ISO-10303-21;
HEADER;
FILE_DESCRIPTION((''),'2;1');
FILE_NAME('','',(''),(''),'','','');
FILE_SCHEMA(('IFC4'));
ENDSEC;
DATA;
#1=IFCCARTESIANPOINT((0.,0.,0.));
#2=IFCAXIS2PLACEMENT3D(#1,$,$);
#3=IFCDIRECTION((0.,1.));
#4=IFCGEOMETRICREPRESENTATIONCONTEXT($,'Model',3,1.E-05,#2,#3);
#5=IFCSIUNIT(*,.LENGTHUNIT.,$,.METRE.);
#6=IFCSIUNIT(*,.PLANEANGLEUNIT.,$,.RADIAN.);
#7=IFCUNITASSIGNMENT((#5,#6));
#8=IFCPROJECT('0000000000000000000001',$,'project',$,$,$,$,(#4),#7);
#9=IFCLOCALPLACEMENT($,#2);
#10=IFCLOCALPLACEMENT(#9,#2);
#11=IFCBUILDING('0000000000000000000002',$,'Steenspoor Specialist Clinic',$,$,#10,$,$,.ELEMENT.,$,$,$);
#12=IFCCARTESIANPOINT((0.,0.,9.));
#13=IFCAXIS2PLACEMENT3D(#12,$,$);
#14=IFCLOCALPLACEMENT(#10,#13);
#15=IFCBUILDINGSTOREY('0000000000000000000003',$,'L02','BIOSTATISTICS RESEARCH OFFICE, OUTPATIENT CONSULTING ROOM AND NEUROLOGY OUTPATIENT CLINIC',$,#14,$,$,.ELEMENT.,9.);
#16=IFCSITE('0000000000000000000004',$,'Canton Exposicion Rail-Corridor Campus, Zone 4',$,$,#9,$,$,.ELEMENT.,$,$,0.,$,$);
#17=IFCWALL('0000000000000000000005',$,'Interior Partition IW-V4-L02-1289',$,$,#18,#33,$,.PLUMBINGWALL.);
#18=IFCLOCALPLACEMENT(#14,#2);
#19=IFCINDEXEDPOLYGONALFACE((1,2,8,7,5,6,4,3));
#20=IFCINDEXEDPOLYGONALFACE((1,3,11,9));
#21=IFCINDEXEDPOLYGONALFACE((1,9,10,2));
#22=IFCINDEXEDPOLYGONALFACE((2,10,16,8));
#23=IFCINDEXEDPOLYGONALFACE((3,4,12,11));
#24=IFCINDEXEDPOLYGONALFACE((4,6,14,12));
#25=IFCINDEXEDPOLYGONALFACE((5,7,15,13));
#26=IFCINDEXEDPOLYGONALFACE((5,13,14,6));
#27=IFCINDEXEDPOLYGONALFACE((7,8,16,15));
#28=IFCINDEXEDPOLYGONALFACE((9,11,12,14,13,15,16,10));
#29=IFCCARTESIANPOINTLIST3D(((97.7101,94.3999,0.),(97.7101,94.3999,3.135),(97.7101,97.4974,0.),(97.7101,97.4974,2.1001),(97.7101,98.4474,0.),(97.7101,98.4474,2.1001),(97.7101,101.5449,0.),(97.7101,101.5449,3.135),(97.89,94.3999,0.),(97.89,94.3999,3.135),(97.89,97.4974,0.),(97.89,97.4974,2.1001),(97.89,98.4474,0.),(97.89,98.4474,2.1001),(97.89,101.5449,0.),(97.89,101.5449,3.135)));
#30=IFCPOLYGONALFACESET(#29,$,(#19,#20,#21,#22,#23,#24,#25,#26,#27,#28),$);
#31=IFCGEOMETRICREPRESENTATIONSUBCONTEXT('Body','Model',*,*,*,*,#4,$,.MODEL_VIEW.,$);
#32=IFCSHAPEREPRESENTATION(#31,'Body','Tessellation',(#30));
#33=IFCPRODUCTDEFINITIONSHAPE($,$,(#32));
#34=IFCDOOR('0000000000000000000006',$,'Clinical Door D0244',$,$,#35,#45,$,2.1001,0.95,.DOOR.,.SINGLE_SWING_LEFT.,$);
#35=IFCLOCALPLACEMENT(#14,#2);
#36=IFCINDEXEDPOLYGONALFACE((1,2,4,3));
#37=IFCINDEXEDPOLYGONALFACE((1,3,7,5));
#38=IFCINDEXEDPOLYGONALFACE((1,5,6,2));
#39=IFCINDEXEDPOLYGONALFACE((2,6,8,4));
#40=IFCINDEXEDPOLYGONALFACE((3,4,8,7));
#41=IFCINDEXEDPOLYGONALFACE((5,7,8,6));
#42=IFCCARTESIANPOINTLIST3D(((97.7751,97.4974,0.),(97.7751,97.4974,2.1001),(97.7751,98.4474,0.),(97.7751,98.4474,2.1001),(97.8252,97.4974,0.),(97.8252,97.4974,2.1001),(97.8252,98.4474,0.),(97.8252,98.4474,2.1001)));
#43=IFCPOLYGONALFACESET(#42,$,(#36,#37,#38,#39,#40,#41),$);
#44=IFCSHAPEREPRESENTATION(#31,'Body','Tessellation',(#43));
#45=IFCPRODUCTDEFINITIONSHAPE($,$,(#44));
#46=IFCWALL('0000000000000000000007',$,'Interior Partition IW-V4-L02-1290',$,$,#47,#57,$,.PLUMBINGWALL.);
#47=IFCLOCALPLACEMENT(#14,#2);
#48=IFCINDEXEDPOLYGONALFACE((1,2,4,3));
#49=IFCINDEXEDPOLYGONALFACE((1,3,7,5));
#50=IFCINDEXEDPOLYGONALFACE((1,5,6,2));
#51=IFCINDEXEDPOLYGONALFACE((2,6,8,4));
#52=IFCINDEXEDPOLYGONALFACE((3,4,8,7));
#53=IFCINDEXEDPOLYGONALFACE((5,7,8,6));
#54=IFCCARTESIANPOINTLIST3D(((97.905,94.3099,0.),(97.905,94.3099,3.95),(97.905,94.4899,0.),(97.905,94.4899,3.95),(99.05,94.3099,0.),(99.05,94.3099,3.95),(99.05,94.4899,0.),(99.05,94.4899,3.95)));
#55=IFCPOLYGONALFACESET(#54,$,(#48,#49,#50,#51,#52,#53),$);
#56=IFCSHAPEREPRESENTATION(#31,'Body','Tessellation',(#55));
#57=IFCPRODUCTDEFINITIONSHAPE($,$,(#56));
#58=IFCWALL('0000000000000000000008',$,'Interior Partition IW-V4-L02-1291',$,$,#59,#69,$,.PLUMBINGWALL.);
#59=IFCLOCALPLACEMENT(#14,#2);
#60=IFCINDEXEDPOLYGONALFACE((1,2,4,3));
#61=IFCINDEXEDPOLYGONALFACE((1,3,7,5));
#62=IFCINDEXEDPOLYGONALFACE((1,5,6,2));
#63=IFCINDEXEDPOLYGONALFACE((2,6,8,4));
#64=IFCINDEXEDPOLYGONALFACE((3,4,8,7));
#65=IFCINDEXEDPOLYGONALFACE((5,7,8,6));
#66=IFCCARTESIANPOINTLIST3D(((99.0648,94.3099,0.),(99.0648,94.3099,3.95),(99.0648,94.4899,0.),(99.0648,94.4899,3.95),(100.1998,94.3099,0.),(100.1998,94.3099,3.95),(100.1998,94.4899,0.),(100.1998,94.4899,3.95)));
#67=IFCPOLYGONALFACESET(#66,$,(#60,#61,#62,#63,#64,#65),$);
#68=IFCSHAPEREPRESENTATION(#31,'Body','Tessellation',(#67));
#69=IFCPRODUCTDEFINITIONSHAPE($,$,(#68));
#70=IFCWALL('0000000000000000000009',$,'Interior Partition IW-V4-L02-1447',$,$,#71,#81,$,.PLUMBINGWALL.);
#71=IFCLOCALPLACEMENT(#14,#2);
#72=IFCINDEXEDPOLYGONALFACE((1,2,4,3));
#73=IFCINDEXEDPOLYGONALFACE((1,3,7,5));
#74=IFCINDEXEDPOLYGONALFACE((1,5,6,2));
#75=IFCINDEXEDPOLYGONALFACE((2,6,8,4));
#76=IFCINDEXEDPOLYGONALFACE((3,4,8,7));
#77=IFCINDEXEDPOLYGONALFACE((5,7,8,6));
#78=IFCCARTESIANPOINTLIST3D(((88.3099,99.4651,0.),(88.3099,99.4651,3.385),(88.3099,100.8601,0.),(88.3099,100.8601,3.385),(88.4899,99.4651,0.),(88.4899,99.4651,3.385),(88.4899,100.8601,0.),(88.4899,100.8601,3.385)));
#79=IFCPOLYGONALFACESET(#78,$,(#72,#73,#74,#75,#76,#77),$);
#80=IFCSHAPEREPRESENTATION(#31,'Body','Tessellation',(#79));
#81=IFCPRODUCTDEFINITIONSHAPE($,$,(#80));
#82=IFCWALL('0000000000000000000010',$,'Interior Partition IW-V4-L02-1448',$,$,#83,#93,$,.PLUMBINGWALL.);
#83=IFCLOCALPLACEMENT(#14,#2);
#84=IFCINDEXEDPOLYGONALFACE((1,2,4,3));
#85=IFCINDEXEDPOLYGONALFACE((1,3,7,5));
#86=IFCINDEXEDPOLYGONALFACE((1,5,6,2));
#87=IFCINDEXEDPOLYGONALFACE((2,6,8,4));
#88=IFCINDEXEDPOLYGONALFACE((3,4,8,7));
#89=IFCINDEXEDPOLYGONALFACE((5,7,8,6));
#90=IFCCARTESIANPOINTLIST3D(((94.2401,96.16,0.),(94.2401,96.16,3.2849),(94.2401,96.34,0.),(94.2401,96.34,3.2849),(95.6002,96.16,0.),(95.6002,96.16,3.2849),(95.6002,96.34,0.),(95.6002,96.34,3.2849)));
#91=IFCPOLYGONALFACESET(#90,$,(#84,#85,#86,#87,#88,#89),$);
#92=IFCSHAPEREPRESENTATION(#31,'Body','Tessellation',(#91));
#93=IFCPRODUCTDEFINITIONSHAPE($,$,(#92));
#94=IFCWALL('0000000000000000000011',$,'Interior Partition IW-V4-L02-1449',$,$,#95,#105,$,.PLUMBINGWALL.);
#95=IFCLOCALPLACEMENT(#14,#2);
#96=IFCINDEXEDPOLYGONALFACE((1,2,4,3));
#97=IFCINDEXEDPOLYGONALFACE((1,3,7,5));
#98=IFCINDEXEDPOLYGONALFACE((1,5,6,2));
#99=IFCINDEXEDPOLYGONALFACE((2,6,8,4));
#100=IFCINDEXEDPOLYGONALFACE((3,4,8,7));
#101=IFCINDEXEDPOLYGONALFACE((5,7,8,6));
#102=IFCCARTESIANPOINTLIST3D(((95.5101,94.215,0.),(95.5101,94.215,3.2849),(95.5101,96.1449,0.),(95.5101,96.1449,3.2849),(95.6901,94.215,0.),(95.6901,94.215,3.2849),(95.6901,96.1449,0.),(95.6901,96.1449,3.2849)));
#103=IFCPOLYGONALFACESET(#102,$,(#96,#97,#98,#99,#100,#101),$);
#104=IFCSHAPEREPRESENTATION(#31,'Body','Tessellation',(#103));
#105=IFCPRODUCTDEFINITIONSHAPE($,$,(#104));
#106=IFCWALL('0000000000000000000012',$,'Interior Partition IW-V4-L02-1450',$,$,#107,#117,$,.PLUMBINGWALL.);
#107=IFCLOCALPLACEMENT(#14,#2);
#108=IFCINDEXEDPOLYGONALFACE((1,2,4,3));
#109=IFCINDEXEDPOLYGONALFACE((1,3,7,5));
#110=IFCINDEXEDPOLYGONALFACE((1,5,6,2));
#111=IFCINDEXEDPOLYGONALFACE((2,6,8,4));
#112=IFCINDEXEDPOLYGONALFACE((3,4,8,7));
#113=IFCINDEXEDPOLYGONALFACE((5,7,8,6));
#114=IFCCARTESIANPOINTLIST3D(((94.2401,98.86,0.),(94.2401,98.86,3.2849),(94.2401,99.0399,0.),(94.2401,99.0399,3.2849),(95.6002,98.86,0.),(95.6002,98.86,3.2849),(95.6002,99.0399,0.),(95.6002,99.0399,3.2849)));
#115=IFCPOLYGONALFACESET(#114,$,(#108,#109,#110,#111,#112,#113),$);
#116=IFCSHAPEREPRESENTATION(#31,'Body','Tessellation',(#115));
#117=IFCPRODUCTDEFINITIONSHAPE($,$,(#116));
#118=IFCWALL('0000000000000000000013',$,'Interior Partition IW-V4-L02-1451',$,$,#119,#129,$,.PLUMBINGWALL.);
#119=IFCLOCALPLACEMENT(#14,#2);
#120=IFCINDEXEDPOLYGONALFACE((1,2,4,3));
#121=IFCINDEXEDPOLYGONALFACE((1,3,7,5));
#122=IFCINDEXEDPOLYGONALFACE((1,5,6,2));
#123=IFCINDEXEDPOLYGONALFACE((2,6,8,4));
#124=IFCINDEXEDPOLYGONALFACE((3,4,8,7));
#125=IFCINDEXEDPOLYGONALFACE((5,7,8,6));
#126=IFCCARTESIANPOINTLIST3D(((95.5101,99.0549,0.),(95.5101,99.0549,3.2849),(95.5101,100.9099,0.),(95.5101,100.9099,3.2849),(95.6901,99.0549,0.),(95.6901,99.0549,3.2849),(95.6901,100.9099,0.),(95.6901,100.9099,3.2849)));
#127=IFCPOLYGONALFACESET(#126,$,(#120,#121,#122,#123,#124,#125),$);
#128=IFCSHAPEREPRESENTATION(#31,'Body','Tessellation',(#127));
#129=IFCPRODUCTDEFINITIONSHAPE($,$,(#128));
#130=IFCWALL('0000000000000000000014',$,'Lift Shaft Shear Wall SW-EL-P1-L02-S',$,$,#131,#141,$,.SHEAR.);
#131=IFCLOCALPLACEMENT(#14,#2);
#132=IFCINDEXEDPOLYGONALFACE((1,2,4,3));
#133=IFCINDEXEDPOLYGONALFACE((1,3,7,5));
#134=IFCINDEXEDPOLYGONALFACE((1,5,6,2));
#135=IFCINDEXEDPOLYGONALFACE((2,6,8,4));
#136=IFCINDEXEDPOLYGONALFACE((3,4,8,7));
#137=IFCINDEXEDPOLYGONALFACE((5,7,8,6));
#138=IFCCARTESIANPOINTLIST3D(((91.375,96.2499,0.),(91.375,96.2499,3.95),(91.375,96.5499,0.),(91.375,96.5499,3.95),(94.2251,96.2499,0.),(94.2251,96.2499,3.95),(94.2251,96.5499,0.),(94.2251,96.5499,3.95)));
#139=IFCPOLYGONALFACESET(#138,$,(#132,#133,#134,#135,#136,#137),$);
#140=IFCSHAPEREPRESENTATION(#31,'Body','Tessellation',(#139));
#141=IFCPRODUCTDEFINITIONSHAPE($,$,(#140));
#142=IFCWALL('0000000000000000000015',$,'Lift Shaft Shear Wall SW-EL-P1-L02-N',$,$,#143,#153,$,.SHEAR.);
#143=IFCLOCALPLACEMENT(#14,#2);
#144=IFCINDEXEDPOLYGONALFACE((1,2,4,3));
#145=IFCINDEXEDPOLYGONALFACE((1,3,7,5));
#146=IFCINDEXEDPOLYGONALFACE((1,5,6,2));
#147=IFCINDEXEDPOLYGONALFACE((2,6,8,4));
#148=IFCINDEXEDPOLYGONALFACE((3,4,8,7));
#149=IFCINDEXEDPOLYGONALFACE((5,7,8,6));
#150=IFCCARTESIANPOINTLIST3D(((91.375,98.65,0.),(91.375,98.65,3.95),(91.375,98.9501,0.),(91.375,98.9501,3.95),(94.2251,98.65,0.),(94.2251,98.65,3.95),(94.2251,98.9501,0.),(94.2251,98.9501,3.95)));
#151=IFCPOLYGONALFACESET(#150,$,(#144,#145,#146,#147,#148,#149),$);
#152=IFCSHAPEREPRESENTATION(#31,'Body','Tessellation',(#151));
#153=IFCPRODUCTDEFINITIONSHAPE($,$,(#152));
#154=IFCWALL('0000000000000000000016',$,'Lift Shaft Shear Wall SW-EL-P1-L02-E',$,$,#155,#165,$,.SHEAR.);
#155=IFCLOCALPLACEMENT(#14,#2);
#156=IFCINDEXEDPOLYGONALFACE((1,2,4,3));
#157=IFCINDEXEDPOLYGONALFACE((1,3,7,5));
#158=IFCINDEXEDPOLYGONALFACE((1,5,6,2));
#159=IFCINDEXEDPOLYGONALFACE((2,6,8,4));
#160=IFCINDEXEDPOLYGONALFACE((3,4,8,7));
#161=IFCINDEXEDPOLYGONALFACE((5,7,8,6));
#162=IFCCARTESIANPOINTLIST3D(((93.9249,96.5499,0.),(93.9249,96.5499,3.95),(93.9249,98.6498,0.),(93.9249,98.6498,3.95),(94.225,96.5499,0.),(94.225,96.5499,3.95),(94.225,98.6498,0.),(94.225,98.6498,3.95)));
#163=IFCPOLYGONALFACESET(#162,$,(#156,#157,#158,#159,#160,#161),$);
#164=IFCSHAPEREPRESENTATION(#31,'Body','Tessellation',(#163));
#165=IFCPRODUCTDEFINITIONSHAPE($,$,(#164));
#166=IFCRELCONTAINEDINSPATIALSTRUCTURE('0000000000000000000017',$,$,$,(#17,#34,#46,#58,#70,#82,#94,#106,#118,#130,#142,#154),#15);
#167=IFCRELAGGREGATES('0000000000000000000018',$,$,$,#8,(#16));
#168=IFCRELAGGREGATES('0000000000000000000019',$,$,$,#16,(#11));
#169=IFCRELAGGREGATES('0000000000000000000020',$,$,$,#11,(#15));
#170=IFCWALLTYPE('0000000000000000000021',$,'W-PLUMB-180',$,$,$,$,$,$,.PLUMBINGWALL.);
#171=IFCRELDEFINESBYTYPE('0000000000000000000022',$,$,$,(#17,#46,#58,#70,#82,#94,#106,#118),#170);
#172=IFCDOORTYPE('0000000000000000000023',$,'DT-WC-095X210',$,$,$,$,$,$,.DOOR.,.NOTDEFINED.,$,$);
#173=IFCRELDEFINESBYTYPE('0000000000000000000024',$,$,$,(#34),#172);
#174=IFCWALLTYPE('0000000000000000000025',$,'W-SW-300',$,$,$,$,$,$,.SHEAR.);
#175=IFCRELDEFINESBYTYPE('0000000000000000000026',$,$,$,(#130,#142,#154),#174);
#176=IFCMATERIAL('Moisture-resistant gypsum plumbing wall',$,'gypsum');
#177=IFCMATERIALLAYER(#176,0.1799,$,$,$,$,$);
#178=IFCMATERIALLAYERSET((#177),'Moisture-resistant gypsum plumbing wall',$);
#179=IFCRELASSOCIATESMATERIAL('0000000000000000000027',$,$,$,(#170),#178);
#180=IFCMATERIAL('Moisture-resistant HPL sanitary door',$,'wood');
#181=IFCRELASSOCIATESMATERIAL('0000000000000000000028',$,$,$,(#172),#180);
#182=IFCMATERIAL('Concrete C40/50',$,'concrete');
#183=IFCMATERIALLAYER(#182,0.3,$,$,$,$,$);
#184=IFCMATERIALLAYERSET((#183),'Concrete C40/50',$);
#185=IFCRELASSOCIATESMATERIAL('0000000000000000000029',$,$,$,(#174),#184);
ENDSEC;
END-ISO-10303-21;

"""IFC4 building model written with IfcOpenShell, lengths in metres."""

from ifc_helpers import new_model, si_unit, direction, frame, frame_2d, origin, place, context, subcontext, project, spatial, rectangle, extrude, material, layer, layer_set, type_object, element, fill, save


model = new_model("IFC4")

# Units and contexts
model_context = context("Model", 3, precision=1e-05, world=origin(), true_north=direction((0.0, 1.0)))
body_context = subcontext(model_context, "Body", "Model", "MODEL_VIEW")
ifc_project = project(units=[si_unit("LENGTHUNIT", "METRE"), si_unit("PLANEANGLEUNIT", "RADIAN")], contexts=[model_context])

# Site, building, storey
site_placement = place(None, origin())
site = spatial("IfcSite", under=ifc_project, at=site_placement, Name="Canton Exposicion Rail-Corridor Campus, Zone 4", CompositionType="ELEMENT", RefElevation=0.0)
building_placement = place(site_placement, origin())
building = spatial("IfcBuilding", under=site, at=building_placement, Name="Steenspoor Specialist Clinic", CompositionType="ELEMENT")
storey_placement = place(building_placement, frame((0.0, 0.0, 9.0)))
storey = spatial("IfcBuildingStorey", under=building, at=storey_placement, Name="L02", Description="BIOSTATISTICS RESEARCH OFFICE, OUTPATIENT CONSULTING ROOM AND NEUROLOGY OUTPATIENT CLINIC", CompositionType="ELEMENT", Elevation=9.0)

# Shared definitions
ifc_material_1 = material(Name="Concrete C40/50", Category="concrete")

# Wall, opening, door
ifc_material_2 = material(Name="Moisture-resistant gypsum plumbing wall", Category="gypsum")
ifc_layer_1 = layer(ifc_material_2, 0.1799)
ifc_layer_set_1 = layer_set([ifc_layer_1], Name="Moisture-resistant gypsum plumbing wall")
wall_type_1 = type_object("IfcWallType", Name="W-PLUMB-180", PredefinedType="PLUMBINGWALL", material=ifc_layer_set_1)
wall_1_placement = place(storey_placement, frame((97.8, 94.3999, 0.0), z_axis=(0.0, 0.0, 1.0), x_axis=(0.0, 1.0, 0.0)))
wall_1 = element("IfcWall", 1, at=wall_1_placement, inside=storey, type_object=wall_type_1, Name="Interior Partition IW-V4-L02-1289", PredefinedType="PLUMBINGWALL", context=body_context, shape_type="SweptSolid", body=[
    extrude(rectangle(XDim=7.145, YDim=0.1799, at=frame_2d((3.5725, 0.0))), origin(), (0.0, 0.0, 1.0), 3.135),
])
opening_1_placement = place(wall_1_placement, frame((3.0974, 0.0, 0.0)))
opening_1 = element("IfcOpeningElement", 2, at=opening_1_placement, cuts=wall_1, PredefinedType="OPENING", context=body_context, shape_type="SweptSolid", body=[
    extrude(rectangle(XDim=0.95, YDim=2.1001, at=frame_2d((0.4751, 1.05))), frame((0.0, 0.1001, 0.0), z_axis=(0.0, -1.0, 0.0), x_axis=(1.0, 0.0, 0.0)), (0.0, 0.0, 1.0), 0.2),
])
ifc_material_3 = material(Name="Moisture-resistant HPL sanitary door", Category="wood")
door_type_1 = type_object("IfcDoorType", Name="DT-WC-095X210", OperationType="NOTDEFINED", PredefinedType="DOOR", material=ifc_material_3)
door_1_placement = place(opening_1_placement, origin())
door_1 = element("IfcDoor", 3, at=door_1_placement, inside=storey, type_object=door_type_1, Name="Clinical Door D0244", OperationType="SINGLE_SWING_LEFT", OverallHeight=2.1001, OverallWidth=0.95, PredefinedType="DOOR", context=body_context, shape_type="SweptSolid", body=[
    extrude(rectangle(XDim=0.95, YDim=2.1001, at=frame_2d((0.4751, 1.05))), frame((0.0, 0.0249, 0.0), z_axis=(0.0, -1.0, 0.0), x_axis=(1.0, 0.0, 0.0)), (0.0, 0.0, 1.0), 0.05),
])
fill(opening_1, door_1)

# Walls
wall_2_placement = place(storey_placement, frame((97.905, 94.3999, 0.0), z_axis=(0.0, 0.0, 1.0), x_axis=(1.0, 0.0, 0.0)))
element("IfcWall", 4, at=wall_2_placement, inside=storey, type_object=wall_type_1, Name="Interior Partition IW-V4-L02-1290", PredefinedType="PLUMBINGWALL", context=body_context, shape_type="SweptSolid", body=[
    extrude(rectangle(XDim=1.145, YDim=0.1799, at=frame_2d((0.5725, 0.0))), origin(), (0.0, 0.0, 1.0), 3.95),
])
wall_3_placement = place(storey_placement, frame((99.0649, 94.3999, 0.0), z_axis=(0.0, 0.0, 1.0), x_axis=(1.0, 0.0, 0.0)))
element("IfcWall", 5, at=wall_3_placement, inside=storey, type_object=wall_type_1, Name="Interior Partition IW-V4-L02-1291", PredefinedType="PLUMBINGWALL", context=body_context, shape_type="SweptSolid", body=[
    extrude(rectangle(XDim=1.135, YDim=0.1799, at=frame_2d((0.5674, 0.0))), origin(), (0.0, 0.0, 1.0), 3.95),
])
wall_4_placement = place(storey_placement, frame((88.3999, 99.4651, 0.0), z_axis=(0.0, 0.0, 1.0), x_axis=(0.0, 1.0, 0.0)))
element("IfcWall", 6, at=wall_4_placement, inside=storey, type_object=wall_type_1, Name="Interior Partition IW-V4-L02-1447", PredefinedType="PLUMBINGWALL", context=body_context, shape_type="SweptSolid", body=[
    extrude(rectangle(XDim=1.395, YDim=0.1799, at=frame_2d((0.6975, 0.0))), origin(), (0.0, 0.0, 1.0), 3.385),
])
wall_5_placement = place(storey_placement, frame((94.24, 96.25, 0.0), z_axis=(0.0, 0.0, 1.0), x_axis=(1.0, 0.0, 0.0)))
element("IfcWall", 7, at=wall_5_placement, inside=storey, type_object=wall_type_1, Name="Interior Partition IW-V4-L02-1448", PredefinedType="PLUMBINGWALL", context=body_context, shape_type="SweptSolid", body=[
    extrude(rectangle(XDim=1.3601, YDim=0.1799, at=frame_2d((0.6802, 0.0))), origin(), (0.0, 0.0, 1.0), 3.2849),
])
wall_6_placement = place(storey_placement, frame((95.6001, 94.2151, 0.0), z_axis=(0.0, 0.0, 1.0), x_axis=(0.0, 1.0, 0.0)))
element("IfcWall", 8, at=wall_6_placement, inside=storey, type_object=wall_type_1, Name="Interior Partition IW-V4-L02-1449", PredefinedType="PLUMBINGWALL", context=body_context, shape_type="SweptSolid", body=[
    extrude(rectangle(XDim=1.9299, YDim=0.1799, at=frame_2d((0.9648, 0.0))), origin(), (0.0, 0.0, 1.0), 3.2849),
])
wall_7_placement = place(storey_placement, frame((94.24, 98.95, 0.0), z_axis=(0.0, 0.0, 1.0), x_axis=(1.0, 0.0, 0.0)))
element("IfcWall", 9, at=wall_7_placement, inside=storey, type_object=wall_type_1, Name="Interior Partition IW-V4-L02-1450", PredefinedType="PLUMBINGWALL", context=body_context, shape_type="SweptSolid", body=[
    extrude(rectangle(XDim=1.3601, YDim=0.1799, at=frame_2d((0.6802, 0.0))), origin(), (0.0, 0.0, 1.0), 3.2849),
])
wall_8_placement = place(storey_placement, frame((95.6001, 99.0549, 0.0), z_axis=(0.0, 0.0, 1.0), x_axis=(0.0, 1.0, 0.0)))
element("IfcWall", 10, at=wall_8_placement, inside=storey, type_object=wall_type_1, Name="Interior Partition IW-V4-L02-1451", PredefinedType="PLUMBINGWALL", context=body_context, shape_type="SweptSolid", body=[
    extrude(rectangle(XDim=1.855, YDim=0.1799, at=frame_2d((0.9275, 0.0))), origin(), (0.0, 0.0, 1.0), 3.2849),
])
ifc_layer_2 = layer(ifc_material_1, 0.3)
ifc_layer_set_2 = layer_set([ifc_layer_2], Name="Concrete C40/50")
wall_type_2 = type_object("IfcWallType", Name="W-SW-300", PredefinedType="SHEAR", material=ifc_layer_set_2)
for number, where, z_axis, x_axis, name in (
    (11, (91.375, 96.3999, 0.0), (0.0, 0.0, 1.0), (1.0, 0.0, 0.0), "Lift Shaft Shear Wall SW-EL-P1-L02-S"),
    (12, (91.375, 98.8, 0.0), (0.0, 0.0, 1.0), (1.0, 0.0, 0.0), "Lift Shaft Shear Wall SW-EL-P1-L02-N"),
):
    element("IfcWall", number, at=place(storey_placement, frame(where, z_axis=z_axis, x_axis=x_axis)), inside=storey, type_object=wall_type_2, Name=name, PredefinedType="SHEAR", context=body_context, shape_type="SweptSolid", body=[
        extrude(rectangle(XDim=2.8501, YDim=0.3, at=frame_2d((1.425, 0.0))), origin(), (0.0, 0.0, 1.0), 3.95),
    ])

# Wall
wall_9_placement = place(storey_placement, frame((94.075, 96.55, 0.0), z_axis=(0.0, 0.0, 1.0), x_axis=(0.0, 1.0, 0.0)))
element("IfcWall", 13, at=wall_9_placement, inside=storey, type_object=wall_type_2, Name="Lift Shaft Shear Wall SW-EL-P1-L02-E", PredefinedType="SHEAR", context=body_context, shape_type="SweptSolid", body=[
    extrude(rectangle(XDim=2.0999, YDim=0.3, at=frame_2d((1.0498, 0.0))), origin(), (0.0, 0.0, 1.0), 3.95),
])

save(model, "model.ifc")
